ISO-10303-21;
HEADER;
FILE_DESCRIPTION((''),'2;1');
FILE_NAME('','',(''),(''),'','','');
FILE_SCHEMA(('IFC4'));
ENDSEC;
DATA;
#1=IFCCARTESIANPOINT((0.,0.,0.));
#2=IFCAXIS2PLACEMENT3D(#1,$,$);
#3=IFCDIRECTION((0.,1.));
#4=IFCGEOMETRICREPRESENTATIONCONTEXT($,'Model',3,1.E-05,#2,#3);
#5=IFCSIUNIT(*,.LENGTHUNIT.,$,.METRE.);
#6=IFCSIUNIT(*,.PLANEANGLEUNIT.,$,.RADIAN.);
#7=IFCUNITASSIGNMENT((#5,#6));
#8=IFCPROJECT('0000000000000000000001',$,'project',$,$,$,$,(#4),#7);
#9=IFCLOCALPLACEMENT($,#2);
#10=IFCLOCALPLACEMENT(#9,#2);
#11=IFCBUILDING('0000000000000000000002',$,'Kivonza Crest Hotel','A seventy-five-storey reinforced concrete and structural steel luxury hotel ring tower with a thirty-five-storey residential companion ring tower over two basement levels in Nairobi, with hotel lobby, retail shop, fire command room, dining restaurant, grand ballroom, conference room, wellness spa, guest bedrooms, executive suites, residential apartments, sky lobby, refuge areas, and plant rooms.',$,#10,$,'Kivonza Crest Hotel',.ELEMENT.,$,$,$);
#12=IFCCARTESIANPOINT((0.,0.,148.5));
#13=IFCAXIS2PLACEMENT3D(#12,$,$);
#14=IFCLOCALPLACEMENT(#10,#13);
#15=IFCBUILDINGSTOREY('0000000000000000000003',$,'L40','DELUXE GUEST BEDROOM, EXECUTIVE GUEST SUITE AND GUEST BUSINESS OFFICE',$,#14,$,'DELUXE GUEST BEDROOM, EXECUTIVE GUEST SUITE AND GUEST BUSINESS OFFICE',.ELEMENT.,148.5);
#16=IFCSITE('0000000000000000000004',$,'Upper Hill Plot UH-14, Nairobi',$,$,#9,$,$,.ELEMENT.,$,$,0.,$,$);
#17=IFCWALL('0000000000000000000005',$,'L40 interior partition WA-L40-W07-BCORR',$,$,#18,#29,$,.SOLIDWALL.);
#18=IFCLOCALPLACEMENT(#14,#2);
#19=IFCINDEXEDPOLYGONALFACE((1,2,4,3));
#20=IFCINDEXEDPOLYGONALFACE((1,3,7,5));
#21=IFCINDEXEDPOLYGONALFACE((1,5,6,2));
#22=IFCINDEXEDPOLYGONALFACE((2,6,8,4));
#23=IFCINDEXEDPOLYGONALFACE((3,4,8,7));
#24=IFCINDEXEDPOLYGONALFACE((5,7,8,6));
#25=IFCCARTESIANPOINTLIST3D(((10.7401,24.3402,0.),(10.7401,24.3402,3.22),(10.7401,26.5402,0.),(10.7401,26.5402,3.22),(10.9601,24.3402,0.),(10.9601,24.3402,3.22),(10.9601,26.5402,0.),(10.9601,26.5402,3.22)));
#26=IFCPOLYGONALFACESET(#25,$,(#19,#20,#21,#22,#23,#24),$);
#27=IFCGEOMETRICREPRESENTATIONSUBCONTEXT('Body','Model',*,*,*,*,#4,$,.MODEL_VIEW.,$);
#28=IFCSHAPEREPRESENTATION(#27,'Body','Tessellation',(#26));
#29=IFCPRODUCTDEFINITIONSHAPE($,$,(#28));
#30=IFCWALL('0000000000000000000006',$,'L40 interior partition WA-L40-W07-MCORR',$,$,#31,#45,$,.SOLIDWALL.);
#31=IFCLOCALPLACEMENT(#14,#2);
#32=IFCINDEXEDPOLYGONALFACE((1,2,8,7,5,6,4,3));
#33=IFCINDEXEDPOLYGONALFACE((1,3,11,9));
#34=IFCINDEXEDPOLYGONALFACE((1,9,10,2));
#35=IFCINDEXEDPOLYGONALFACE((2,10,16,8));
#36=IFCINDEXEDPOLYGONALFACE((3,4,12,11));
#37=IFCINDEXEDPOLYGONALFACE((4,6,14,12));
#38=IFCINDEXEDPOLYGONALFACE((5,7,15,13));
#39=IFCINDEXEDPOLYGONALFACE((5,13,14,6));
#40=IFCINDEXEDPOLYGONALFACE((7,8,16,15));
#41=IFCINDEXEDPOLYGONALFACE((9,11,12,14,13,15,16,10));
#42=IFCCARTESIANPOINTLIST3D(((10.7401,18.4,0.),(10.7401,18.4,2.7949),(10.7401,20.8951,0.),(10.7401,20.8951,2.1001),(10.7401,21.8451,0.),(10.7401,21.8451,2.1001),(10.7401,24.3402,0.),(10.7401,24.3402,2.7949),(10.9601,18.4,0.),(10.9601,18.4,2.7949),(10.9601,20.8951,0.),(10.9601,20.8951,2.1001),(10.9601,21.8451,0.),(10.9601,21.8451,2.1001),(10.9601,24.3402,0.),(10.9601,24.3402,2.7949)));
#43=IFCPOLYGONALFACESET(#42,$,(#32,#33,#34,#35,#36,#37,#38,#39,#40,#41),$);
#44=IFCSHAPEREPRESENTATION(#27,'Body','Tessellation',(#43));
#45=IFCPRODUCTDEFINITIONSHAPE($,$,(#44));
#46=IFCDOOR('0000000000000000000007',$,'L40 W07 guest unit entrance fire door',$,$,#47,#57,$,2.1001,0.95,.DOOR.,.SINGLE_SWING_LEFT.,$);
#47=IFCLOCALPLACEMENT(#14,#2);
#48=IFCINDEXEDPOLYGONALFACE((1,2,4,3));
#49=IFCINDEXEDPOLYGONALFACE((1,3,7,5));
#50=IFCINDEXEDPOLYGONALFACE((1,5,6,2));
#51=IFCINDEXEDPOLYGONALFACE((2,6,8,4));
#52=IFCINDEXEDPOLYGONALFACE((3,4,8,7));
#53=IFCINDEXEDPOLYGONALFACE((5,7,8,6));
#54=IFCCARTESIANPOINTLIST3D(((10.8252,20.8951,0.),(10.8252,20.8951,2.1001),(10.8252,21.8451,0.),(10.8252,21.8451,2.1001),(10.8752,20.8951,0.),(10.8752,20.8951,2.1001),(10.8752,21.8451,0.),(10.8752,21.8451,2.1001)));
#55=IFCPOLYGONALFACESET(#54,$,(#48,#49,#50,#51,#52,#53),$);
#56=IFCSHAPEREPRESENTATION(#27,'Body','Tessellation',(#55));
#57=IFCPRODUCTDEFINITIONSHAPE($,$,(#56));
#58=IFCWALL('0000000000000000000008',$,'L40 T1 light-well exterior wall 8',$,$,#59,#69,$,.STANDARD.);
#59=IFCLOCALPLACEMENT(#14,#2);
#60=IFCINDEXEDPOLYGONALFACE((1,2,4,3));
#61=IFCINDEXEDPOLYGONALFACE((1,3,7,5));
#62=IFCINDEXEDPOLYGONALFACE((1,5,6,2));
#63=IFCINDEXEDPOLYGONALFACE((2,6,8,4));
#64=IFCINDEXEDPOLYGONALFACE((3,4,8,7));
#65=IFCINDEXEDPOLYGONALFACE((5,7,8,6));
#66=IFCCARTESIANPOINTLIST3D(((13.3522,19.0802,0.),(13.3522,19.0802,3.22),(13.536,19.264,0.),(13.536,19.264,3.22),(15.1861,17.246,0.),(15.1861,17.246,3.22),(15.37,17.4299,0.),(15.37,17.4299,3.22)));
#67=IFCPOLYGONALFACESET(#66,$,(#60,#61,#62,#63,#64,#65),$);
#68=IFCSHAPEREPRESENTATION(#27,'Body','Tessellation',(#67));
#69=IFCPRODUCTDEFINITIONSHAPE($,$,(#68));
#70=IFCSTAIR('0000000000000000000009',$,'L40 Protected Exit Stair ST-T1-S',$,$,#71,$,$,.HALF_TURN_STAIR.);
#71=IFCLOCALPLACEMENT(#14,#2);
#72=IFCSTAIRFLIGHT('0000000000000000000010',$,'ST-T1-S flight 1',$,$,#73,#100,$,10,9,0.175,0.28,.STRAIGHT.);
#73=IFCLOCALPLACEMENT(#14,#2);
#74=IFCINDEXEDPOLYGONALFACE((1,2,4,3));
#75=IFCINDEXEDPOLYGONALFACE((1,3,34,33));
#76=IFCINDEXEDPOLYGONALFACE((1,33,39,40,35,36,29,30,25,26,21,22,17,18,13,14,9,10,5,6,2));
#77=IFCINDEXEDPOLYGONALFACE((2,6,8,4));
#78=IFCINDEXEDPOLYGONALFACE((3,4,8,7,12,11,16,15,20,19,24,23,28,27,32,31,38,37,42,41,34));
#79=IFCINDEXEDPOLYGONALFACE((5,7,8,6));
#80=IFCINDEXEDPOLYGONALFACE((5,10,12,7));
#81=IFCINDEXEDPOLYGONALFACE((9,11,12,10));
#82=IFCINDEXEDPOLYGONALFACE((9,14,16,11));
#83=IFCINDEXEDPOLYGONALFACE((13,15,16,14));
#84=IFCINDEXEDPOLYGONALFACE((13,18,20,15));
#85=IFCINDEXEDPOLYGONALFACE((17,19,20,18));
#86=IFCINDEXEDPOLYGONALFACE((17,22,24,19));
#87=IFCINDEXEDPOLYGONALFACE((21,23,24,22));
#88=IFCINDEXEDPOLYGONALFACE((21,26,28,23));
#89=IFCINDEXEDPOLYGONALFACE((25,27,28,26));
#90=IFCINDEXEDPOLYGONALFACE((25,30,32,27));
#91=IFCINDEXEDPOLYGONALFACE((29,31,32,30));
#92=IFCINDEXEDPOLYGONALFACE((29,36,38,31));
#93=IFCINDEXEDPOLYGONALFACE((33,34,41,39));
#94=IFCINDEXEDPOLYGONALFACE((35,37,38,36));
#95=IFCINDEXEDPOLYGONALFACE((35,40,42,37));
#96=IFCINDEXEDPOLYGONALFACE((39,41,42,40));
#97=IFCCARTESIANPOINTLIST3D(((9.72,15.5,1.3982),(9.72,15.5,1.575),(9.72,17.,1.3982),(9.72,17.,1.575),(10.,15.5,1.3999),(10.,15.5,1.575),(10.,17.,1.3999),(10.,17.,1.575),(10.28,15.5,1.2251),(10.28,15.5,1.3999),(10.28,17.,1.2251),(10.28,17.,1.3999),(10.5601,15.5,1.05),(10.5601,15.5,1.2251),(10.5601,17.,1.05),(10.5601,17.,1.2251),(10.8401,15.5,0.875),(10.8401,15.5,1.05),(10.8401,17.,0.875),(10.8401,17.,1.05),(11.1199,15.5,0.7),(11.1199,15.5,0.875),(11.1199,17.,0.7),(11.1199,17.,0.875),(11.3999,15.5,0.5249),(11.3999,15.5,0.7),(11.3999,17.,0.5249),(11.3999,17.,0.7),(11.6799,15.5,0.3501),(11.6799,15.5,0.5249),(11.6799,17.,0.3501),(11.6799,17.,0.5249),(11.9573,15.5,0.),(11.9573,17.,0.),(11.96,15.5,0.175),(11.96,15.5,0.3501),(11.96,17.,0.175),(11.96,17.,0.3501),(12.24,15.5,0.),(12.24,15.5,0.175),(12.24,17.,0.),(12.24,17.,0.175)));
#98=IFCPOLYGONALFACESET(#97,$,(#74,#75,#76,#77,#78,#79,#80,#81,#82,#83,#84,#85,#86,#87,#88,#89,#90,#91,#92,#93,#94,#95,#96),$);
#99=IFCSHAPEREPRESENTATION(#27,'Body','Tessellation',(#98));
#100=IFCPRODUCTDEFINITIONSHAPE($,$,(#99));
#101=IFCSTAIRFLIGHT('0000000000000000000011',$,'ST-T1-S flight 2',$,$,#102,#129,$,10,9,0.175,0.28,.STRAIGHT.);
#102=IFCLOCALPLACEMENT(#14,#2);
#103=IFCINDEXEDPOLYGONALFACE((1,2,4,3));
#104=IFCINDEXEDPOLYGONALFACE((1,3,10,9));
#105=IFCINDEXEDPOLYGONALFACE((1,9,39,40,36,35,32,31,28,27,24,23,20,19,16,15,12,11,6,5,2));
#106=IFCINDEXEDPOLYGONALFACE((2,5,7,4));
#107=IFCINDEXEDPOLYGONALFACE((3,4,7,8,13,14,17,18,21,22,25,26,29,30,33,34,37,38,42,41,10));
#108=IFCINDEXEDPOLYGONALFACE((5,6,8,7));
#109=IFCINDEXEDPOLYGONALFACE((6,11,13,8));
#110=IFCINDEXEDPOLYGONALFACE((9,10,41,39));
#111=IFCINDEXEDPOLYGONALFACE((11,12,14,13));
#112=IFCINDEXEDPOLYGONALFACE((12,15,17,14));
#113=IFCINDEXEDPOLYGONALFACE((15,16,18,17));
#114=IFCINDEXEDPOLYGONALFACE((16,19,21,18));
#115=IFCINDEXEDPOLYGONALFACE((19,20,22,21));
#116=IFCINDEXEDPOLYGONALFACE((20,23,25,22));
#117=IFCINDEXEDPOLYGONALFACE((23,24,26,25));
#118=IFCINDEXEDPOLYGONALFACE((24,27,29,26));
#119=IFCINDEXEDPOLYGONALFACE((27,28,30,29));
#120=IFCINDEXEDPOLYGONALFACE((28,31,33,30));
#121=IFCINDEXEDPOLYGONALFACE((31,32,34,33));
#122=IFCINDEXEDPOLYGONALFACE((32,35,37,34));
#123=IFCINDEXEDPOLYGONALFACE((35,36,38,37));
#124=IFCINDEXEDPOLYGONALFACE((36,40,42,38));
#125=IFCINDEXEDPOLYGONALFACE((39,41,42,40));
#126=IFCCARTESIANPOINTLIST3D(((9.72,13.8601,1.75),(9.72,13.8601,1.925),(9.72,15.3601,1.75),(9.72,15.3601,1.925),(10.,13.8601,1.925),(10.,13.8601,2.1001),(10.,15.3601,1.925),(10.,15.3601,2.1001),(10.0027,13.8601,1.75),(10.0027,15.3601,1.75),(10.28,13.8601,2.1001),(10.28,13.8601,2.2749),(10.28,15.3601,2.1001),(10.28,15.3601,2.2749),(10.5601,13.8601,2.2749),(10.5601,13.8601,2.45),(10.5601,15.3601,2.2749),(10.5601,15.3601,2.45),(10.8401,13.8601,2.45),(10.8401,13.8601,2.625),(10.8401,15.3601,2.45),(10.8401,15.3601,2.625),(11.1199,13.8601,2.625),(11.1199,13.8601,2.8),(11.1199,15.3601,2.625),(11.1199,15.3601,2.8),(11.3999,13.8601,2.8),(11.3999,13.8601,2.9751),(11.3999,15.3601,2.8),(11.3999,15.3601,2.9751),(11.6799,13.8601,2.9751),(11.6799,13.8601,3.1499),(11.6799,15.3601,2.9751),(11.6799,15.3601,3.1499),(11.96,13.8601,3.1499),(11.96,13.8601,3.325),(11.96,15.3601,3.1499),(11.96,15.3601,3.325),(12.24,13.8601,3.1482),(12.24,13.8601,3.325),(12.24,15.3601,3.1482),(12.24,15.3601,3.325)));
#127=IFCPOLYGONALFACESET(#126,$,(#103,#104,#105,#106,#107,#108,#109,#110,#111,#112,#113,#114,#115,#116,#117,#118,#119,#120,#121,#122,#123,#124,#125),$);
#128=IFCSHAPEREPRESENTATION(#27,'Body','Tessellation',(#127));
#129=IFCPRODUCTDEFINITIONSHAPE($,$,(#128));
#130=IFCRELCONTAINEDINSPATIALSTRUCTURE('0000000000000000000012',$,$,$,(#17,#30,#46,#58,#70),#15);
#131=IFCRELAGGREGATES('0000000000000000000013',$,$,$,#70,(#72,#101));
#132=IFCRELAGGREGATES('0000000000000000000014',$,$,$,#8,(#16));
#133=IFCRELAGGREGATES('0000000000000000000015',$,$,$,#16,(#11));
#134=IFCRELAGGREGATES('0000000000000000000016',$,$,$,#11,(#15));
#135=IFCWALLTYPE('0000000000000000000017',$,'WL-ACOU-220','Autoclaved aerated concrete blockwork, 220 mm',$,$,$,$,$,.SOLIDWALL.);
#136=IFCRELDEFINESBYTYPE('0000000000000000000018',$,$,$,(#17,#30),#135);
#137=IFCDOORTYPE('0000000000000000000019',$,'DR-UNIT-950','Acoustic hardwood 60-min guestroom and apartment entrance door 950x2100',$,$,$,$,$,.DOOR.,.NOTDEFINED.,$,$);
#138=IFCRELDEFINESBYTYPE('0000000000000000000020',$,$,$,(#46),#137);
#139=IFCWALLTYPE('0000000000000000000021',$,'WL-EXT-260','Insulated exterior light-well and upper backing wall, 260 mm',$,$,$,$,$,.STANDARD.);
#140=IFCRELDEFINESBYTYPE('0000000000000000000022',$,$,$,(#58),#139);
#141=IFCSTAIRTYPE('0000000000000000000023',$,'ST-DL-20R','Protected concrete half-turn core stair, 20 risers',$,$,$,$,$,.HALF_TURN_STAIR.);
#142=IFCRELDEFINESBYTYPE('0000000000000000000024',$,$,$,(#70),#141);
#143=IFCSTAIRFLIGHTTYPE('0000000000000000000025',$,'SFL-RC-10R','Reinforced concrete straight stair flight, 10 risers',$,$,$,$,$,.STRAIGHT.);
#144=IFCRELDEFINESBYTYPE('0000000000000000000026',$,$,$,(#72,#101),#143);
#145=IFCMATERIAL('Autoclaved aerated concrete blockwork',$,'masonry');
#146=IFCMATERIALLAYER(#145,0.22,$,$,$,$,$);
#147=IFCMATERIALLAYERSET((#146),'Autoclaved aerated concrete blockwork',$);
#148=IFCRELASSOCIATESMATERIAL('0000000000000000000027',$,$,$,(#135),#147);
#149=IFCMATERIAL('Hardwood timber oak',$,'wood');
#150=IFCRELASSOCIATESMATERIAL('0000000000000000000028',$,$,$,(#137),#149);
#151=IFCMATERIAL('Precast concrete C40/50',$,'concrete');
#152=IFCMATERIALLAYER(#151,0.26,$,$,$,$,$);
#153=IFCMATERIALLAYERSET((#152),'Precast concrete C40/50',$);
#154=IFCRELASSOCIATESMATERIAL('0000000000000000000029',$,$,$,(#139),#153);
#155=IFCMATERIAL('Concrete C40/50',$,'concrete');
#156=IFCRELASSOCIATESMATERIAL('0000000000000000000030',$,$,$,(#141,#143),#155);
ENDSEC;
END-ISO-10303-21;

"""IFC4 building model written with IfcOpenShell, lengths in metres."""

from ifc_helpers import new_model, si_unit, direction, frame, frame_2d, origin, place, context, subcontext, project, spatial, polyline, rectangle, outline, extrude, material, layer, layer_set, type_object, element, fill, aggregate, save


model = new_model("IFC4")

# Units and contexts
model_context = context("Model", 3, precision=1e-05, world=origin(), true_north=direction((0.0, 1.0)))
body_context = subcontext(model_context, "Body", "Model", "MODEL_VIEW")
ifc_project = project(units=[si_unit("LENGTHUNIT", "METRE"), si_unit("PLANEANGLEUNIT", "RADIAN")], contexts=[model_context])

# Site, building, storey
site_placement = place(None, origin())
site = spatial("IfcSite", under=ifc_project, at=site_placement, Name="Upper Hill Plot UH-14, Nairobi", CompositionType="ELEMENT", RefElevation=0.0)
building_placement = place(site_placement, origin())
building = spatial("IfcBuilding", under=site, at=building_placement, Name="Kivonza Crest Hotel", Description="A seventy-five-storey reinforced concrete and structural steel luxury hotel ring tower with a thirty-five-storey residential companion ring tower over two basement levels in Nairobi, with hotel lobby, retail shop, fire command room, dining restaurant, grand ballroom, conference room, wellness spa, guest bedrooms, executive suites, residential apartments, sky lobby, refuge areas, and plant rooms.", LongName="Kivonza Crest Hotel", CompositionType="ELEMENT")
storey_placement = place(building_placement, frame((0.0, 0.0, 148.5)))
storey = spatial("IfcBuildingStorey", under=building, at=storey_placement, Name="L40", Description="DELUXE GUEST BEDROOM, EXECUTIVE GUEST SUITE AND GUEST BUSINESS OFFICE", LongName="DELUXE GUEST BEDROOM, EXECUTIVE GUEST SUITE AND GUEST BUSINESS OFFICE", CompositionType="ELEMENT", Elevation=148.5)

# Shared definitions
ifc_material_1 = material(Name="Autoclaved aerated concrete blockwork", Category="masonry")
ifc_layer_1 = layer(ifc_material_1, 0.22)
ifc_layer_set_1 = layer_set([ifc_layer_1], Name="Autoclaved aerated concrete blockwork")
wall_type_1 = type_object("IfcWallType", Name="WL-ACOU-220", Description="Autoclaved aerated concrete blockwork, 220 mm", PredefinedType="SOLIDWALL", material=ifc_layer_set_1)
ifc_material_2 = material(Name="Hardwood timber oak", Category="wood")
door_type_1 = type_object("IfcDoorType", Name="DR-UNIT-950", Description="Acoustic hardwood 60-min guestroom and apartment entrance door 950x2100", OperationType="NOTDEFINED", PredefinedType="DOOR", material=ifc_material_2)

# Wall
wall_1_placement = place(storey_placement, frame((10.8501, 24.3401, 0.0), z_axis=(0.0, 0.0, 1.0), x_axis=(0.0, 1.0, 0.0)))
element("IfcWall", 1, at=wall_1_placement, inside=storey, type_object=wall_type_1, Name="L40 interior partition WA-L40-W07-BCORR", PredefinedType="SOLIDWALL", context=body_context, shape_type="SweptSolid", body=[
    extrude(rectangle(XDim=2.2, YDim=0.22, at=frame_2d((1.1001, 0.0))), origin(), (0.0, 0.0, 1.0), 3.22),
])

# Wall, opening, door
wall_2_placement = place(storey_placement, frame((10.8501, 18.3999, 0.0), z_axis=(0.0, 0.0, 1.0), x_axis=(0.0, 1.0, 0.0)))
wall_2 = element("IfcWall", 2, at=wall_2_placement, inside=storey, type_object=wall_type_1, Name="L40 interior partition WA-L40-W07-MCORR", PredefinedType="SOLIDWALL", context=body_context, shape_type="SweptSolid", body=[
    extrude(rectangle(XDim=5.9402, YDim=0.22, at=frame_2d((2.9702, 0.0))), origin(), (0.0, 0.0, 1.0), 2.7949),
])
opening_1_placement = place(wall_2_placement, frame((2.4951, 0.0, 0.0)))
opening_1 = element("IfcOpeningElement", 3, at=opening_1_placement, cuts=wall_2, PredefinedType="OPENING", context=body_context, shape_type="SweptSolid", body=[
    extrude(rectangle(XDim=0.95, YDim=2.1001, at=frame_2d((0.4751, 1.05))), frame((0.0, 0.1201, 0.0), z_axis=(0.0, -1.0, 0.0), x_axis=(1.0, 0.0, 0.0)), (0.0, 0.0, 1.0), 0.24),
])
door_1_placement = place(opening_1_placement, origin())
door_1 = element("IfcDoor", 4, at=door_1_placement, inside=storey, type_object=door_type_1, Name="L40 W07 guest unit entrance fire door", OperationType="SINGLE_SWING_LEFT", OverallHeight=2.1001, OverallWidth=0.95, PredefinedType="DOOR", context=body_context, shape_type="SweptSolid", body=[
    extrude(rectangle(XDim=0.95, YDim=2.1001, at=frame_2d((0.4751, 1.05))), frame((0.0, 0.0249, 0.0), z_axis=(0.0, -1.0, 0.0), x_axis=(1.0, 0.0, 0.0)), (0.0, 0.0, 1.0), 0.05),
])
fill(opening_1, door_1)

# Wall
ifc_material_3 = material(Name="Precast concrete C40/50", Category="concrete")
ifc_layer_2 = layer(ifc_material_3, 0.26)
ifc_layer_set_2 = layer_set([ifc_layer_2], Name="Precast concrete C40/50")
wall_type_2 = type_object("IfcWallType", Name="WL-EXT-260", Description="Insulated exterior light-well and upper backing wall, 260 mm", PredefinedType="STANDARD", material=ifc_layer_set_2)
wall_3_placement = place(storey_placement, frame((13.4441, 19.1721, 0.0), z_axis=(0.0, 0.0, 1.0), x_axis=(0.70706, -0.707154, 0.0)))
element("IfcWall", 5, at=wall_3_placement, inside=storey, type_object=wall_type_2, Name="L40 T1 light-well exterior wall 8", PredefinedType="STANDARD", context=body_context, shape_type="SweptSolid", body=[
    extrude(rectangle(XDim=2.5938, YDim=0.26, at=frame_2d((1.2969, 0.0))), origin(), (0.0, 0.0, 1.0), 3.22),
])

# Stair, stair flights
ifc_material_4 = material(Name="Concrete C40/50", Category="concrete")
stair_type = type_object("IfcStairType", Name="ST-DL-20R", Description="Protected concrete half-turn core stair, 20 risers", PredefinedType="HALF_TURN_STAIR", material=ifc_material_4)
stair_placement = place(storey_placement, origin())
stair = element("IfcStair", 6, at=stair_placement, inside=storey, type_object=stair_type, Name="L40 Protected Exit Stair ST-T1-S", PredefinedType="HALF_TURN_STAIR")
stair_flight_type = type_object("IfcStairFlightType", Name="SFL-RC-10R", Description="Reinforced concrete straight stair flight, 10 risers", PredefinedType="STRAIGHT", material=ifc_material_4)
stair_flight_1_placement = place(storey_placement, frame((12.24, 16.25, 0.0), z_axis=(0.0, 0.0, 1.0), x_axis=(-1.0, 0.0, 0.0)))
stair_flight_1 = element("IfcStairFlight", 7, at=stair_flight_1_placement, type_object=stair_flight_type, Name="ST-T1-S flight 1", NumberOfRisers=10, NumberOfTreads=9, PredefinedType="STRAIGHT", RiserHeight=0.175, TreadLength=0.28, context=body_context, shape_type="SweptSolid", body=[
    extrude(outline(polyline([(0.0, 0.0), (0.0, 0.175), (0.28, 0.175), (0.28, 0.3501), (0.5601, 0.3501), (0.5601, 0.5249), (0.8401, 0.5249), (0.8401, 0.7), (1.1201, 0.7), (1.1201, 0.875), (1.3999, 0.875), (1.3999, 1.05), (1.6799, 1.05), (1.6799, 1.2251), (1.96, 1.2251), (1.96, 1.3999), (2.24, 1.3999), (2.24, 1.575), (2.52, 1.575), (2.52, 1.75), (2.52, 1.3982), (0.2827, 0.0), (0.0, 0.0)])), frame((0.0, 0.75, 0.0), z_axis=(0.0, -1.0, 0.0), x_axis=(1.0, 0.0, 0.0)), (0.0, 0.0, 1.0), 1.5),
])
stair_flight_2_placement = place(storey_placement, frame((9.72, 14.6101, 1.75), z_axis=(0.0, 0.0, 1.0), x_axis=(1.0, 0.0, 0.0)))
stair_flight_2 = element("IfcStairFlight", 8, at=stair_flight_2_placement, type_object=stair_flight_type, Name="ST-T1-S flight 2", NumberOfRisers=10, NumberOfTreads=9, PredefinedType="STRAIGHT", RiserHeight=0.175, TreadLength=0.28, context=body_context, shape_type="SweptSolid", body=[
    extrude(outline(polyline([(0.0, 0.0), (0.0, 0.175), (0.28, 0.175), (0.28, 0.3501), (0.5601, 0.3501), (0.5601, 0.5249), (0.8401, 0.5249), (0.8401, 0.7), (1.1201, 0.7), (1.1201, 0.875), (1.3999, 0.875), (1.3999, 1.05), (1.6799, 1.05), (1.6799, 1.2251), (1.96, 1.2251), (1.96, 1.3999), (2.24, 1.3999), (2.24, 1.575), (2.52, 1.575), (2.52, 1.75), (2.52, 1.3982), (0.2827, 0.0), (0.0, 0.0)])), frame((0.0, 0.75, 0.0), z_axis=(0.0, -1.0, 0.0), x_axis=(1.0, 0.0, 0.0)), (0.0, 0.0, 1.0), 1.5),
])
aggregate(stair, [stair_flight_1, stair_flight_2])

save(model, "model.ifc")
